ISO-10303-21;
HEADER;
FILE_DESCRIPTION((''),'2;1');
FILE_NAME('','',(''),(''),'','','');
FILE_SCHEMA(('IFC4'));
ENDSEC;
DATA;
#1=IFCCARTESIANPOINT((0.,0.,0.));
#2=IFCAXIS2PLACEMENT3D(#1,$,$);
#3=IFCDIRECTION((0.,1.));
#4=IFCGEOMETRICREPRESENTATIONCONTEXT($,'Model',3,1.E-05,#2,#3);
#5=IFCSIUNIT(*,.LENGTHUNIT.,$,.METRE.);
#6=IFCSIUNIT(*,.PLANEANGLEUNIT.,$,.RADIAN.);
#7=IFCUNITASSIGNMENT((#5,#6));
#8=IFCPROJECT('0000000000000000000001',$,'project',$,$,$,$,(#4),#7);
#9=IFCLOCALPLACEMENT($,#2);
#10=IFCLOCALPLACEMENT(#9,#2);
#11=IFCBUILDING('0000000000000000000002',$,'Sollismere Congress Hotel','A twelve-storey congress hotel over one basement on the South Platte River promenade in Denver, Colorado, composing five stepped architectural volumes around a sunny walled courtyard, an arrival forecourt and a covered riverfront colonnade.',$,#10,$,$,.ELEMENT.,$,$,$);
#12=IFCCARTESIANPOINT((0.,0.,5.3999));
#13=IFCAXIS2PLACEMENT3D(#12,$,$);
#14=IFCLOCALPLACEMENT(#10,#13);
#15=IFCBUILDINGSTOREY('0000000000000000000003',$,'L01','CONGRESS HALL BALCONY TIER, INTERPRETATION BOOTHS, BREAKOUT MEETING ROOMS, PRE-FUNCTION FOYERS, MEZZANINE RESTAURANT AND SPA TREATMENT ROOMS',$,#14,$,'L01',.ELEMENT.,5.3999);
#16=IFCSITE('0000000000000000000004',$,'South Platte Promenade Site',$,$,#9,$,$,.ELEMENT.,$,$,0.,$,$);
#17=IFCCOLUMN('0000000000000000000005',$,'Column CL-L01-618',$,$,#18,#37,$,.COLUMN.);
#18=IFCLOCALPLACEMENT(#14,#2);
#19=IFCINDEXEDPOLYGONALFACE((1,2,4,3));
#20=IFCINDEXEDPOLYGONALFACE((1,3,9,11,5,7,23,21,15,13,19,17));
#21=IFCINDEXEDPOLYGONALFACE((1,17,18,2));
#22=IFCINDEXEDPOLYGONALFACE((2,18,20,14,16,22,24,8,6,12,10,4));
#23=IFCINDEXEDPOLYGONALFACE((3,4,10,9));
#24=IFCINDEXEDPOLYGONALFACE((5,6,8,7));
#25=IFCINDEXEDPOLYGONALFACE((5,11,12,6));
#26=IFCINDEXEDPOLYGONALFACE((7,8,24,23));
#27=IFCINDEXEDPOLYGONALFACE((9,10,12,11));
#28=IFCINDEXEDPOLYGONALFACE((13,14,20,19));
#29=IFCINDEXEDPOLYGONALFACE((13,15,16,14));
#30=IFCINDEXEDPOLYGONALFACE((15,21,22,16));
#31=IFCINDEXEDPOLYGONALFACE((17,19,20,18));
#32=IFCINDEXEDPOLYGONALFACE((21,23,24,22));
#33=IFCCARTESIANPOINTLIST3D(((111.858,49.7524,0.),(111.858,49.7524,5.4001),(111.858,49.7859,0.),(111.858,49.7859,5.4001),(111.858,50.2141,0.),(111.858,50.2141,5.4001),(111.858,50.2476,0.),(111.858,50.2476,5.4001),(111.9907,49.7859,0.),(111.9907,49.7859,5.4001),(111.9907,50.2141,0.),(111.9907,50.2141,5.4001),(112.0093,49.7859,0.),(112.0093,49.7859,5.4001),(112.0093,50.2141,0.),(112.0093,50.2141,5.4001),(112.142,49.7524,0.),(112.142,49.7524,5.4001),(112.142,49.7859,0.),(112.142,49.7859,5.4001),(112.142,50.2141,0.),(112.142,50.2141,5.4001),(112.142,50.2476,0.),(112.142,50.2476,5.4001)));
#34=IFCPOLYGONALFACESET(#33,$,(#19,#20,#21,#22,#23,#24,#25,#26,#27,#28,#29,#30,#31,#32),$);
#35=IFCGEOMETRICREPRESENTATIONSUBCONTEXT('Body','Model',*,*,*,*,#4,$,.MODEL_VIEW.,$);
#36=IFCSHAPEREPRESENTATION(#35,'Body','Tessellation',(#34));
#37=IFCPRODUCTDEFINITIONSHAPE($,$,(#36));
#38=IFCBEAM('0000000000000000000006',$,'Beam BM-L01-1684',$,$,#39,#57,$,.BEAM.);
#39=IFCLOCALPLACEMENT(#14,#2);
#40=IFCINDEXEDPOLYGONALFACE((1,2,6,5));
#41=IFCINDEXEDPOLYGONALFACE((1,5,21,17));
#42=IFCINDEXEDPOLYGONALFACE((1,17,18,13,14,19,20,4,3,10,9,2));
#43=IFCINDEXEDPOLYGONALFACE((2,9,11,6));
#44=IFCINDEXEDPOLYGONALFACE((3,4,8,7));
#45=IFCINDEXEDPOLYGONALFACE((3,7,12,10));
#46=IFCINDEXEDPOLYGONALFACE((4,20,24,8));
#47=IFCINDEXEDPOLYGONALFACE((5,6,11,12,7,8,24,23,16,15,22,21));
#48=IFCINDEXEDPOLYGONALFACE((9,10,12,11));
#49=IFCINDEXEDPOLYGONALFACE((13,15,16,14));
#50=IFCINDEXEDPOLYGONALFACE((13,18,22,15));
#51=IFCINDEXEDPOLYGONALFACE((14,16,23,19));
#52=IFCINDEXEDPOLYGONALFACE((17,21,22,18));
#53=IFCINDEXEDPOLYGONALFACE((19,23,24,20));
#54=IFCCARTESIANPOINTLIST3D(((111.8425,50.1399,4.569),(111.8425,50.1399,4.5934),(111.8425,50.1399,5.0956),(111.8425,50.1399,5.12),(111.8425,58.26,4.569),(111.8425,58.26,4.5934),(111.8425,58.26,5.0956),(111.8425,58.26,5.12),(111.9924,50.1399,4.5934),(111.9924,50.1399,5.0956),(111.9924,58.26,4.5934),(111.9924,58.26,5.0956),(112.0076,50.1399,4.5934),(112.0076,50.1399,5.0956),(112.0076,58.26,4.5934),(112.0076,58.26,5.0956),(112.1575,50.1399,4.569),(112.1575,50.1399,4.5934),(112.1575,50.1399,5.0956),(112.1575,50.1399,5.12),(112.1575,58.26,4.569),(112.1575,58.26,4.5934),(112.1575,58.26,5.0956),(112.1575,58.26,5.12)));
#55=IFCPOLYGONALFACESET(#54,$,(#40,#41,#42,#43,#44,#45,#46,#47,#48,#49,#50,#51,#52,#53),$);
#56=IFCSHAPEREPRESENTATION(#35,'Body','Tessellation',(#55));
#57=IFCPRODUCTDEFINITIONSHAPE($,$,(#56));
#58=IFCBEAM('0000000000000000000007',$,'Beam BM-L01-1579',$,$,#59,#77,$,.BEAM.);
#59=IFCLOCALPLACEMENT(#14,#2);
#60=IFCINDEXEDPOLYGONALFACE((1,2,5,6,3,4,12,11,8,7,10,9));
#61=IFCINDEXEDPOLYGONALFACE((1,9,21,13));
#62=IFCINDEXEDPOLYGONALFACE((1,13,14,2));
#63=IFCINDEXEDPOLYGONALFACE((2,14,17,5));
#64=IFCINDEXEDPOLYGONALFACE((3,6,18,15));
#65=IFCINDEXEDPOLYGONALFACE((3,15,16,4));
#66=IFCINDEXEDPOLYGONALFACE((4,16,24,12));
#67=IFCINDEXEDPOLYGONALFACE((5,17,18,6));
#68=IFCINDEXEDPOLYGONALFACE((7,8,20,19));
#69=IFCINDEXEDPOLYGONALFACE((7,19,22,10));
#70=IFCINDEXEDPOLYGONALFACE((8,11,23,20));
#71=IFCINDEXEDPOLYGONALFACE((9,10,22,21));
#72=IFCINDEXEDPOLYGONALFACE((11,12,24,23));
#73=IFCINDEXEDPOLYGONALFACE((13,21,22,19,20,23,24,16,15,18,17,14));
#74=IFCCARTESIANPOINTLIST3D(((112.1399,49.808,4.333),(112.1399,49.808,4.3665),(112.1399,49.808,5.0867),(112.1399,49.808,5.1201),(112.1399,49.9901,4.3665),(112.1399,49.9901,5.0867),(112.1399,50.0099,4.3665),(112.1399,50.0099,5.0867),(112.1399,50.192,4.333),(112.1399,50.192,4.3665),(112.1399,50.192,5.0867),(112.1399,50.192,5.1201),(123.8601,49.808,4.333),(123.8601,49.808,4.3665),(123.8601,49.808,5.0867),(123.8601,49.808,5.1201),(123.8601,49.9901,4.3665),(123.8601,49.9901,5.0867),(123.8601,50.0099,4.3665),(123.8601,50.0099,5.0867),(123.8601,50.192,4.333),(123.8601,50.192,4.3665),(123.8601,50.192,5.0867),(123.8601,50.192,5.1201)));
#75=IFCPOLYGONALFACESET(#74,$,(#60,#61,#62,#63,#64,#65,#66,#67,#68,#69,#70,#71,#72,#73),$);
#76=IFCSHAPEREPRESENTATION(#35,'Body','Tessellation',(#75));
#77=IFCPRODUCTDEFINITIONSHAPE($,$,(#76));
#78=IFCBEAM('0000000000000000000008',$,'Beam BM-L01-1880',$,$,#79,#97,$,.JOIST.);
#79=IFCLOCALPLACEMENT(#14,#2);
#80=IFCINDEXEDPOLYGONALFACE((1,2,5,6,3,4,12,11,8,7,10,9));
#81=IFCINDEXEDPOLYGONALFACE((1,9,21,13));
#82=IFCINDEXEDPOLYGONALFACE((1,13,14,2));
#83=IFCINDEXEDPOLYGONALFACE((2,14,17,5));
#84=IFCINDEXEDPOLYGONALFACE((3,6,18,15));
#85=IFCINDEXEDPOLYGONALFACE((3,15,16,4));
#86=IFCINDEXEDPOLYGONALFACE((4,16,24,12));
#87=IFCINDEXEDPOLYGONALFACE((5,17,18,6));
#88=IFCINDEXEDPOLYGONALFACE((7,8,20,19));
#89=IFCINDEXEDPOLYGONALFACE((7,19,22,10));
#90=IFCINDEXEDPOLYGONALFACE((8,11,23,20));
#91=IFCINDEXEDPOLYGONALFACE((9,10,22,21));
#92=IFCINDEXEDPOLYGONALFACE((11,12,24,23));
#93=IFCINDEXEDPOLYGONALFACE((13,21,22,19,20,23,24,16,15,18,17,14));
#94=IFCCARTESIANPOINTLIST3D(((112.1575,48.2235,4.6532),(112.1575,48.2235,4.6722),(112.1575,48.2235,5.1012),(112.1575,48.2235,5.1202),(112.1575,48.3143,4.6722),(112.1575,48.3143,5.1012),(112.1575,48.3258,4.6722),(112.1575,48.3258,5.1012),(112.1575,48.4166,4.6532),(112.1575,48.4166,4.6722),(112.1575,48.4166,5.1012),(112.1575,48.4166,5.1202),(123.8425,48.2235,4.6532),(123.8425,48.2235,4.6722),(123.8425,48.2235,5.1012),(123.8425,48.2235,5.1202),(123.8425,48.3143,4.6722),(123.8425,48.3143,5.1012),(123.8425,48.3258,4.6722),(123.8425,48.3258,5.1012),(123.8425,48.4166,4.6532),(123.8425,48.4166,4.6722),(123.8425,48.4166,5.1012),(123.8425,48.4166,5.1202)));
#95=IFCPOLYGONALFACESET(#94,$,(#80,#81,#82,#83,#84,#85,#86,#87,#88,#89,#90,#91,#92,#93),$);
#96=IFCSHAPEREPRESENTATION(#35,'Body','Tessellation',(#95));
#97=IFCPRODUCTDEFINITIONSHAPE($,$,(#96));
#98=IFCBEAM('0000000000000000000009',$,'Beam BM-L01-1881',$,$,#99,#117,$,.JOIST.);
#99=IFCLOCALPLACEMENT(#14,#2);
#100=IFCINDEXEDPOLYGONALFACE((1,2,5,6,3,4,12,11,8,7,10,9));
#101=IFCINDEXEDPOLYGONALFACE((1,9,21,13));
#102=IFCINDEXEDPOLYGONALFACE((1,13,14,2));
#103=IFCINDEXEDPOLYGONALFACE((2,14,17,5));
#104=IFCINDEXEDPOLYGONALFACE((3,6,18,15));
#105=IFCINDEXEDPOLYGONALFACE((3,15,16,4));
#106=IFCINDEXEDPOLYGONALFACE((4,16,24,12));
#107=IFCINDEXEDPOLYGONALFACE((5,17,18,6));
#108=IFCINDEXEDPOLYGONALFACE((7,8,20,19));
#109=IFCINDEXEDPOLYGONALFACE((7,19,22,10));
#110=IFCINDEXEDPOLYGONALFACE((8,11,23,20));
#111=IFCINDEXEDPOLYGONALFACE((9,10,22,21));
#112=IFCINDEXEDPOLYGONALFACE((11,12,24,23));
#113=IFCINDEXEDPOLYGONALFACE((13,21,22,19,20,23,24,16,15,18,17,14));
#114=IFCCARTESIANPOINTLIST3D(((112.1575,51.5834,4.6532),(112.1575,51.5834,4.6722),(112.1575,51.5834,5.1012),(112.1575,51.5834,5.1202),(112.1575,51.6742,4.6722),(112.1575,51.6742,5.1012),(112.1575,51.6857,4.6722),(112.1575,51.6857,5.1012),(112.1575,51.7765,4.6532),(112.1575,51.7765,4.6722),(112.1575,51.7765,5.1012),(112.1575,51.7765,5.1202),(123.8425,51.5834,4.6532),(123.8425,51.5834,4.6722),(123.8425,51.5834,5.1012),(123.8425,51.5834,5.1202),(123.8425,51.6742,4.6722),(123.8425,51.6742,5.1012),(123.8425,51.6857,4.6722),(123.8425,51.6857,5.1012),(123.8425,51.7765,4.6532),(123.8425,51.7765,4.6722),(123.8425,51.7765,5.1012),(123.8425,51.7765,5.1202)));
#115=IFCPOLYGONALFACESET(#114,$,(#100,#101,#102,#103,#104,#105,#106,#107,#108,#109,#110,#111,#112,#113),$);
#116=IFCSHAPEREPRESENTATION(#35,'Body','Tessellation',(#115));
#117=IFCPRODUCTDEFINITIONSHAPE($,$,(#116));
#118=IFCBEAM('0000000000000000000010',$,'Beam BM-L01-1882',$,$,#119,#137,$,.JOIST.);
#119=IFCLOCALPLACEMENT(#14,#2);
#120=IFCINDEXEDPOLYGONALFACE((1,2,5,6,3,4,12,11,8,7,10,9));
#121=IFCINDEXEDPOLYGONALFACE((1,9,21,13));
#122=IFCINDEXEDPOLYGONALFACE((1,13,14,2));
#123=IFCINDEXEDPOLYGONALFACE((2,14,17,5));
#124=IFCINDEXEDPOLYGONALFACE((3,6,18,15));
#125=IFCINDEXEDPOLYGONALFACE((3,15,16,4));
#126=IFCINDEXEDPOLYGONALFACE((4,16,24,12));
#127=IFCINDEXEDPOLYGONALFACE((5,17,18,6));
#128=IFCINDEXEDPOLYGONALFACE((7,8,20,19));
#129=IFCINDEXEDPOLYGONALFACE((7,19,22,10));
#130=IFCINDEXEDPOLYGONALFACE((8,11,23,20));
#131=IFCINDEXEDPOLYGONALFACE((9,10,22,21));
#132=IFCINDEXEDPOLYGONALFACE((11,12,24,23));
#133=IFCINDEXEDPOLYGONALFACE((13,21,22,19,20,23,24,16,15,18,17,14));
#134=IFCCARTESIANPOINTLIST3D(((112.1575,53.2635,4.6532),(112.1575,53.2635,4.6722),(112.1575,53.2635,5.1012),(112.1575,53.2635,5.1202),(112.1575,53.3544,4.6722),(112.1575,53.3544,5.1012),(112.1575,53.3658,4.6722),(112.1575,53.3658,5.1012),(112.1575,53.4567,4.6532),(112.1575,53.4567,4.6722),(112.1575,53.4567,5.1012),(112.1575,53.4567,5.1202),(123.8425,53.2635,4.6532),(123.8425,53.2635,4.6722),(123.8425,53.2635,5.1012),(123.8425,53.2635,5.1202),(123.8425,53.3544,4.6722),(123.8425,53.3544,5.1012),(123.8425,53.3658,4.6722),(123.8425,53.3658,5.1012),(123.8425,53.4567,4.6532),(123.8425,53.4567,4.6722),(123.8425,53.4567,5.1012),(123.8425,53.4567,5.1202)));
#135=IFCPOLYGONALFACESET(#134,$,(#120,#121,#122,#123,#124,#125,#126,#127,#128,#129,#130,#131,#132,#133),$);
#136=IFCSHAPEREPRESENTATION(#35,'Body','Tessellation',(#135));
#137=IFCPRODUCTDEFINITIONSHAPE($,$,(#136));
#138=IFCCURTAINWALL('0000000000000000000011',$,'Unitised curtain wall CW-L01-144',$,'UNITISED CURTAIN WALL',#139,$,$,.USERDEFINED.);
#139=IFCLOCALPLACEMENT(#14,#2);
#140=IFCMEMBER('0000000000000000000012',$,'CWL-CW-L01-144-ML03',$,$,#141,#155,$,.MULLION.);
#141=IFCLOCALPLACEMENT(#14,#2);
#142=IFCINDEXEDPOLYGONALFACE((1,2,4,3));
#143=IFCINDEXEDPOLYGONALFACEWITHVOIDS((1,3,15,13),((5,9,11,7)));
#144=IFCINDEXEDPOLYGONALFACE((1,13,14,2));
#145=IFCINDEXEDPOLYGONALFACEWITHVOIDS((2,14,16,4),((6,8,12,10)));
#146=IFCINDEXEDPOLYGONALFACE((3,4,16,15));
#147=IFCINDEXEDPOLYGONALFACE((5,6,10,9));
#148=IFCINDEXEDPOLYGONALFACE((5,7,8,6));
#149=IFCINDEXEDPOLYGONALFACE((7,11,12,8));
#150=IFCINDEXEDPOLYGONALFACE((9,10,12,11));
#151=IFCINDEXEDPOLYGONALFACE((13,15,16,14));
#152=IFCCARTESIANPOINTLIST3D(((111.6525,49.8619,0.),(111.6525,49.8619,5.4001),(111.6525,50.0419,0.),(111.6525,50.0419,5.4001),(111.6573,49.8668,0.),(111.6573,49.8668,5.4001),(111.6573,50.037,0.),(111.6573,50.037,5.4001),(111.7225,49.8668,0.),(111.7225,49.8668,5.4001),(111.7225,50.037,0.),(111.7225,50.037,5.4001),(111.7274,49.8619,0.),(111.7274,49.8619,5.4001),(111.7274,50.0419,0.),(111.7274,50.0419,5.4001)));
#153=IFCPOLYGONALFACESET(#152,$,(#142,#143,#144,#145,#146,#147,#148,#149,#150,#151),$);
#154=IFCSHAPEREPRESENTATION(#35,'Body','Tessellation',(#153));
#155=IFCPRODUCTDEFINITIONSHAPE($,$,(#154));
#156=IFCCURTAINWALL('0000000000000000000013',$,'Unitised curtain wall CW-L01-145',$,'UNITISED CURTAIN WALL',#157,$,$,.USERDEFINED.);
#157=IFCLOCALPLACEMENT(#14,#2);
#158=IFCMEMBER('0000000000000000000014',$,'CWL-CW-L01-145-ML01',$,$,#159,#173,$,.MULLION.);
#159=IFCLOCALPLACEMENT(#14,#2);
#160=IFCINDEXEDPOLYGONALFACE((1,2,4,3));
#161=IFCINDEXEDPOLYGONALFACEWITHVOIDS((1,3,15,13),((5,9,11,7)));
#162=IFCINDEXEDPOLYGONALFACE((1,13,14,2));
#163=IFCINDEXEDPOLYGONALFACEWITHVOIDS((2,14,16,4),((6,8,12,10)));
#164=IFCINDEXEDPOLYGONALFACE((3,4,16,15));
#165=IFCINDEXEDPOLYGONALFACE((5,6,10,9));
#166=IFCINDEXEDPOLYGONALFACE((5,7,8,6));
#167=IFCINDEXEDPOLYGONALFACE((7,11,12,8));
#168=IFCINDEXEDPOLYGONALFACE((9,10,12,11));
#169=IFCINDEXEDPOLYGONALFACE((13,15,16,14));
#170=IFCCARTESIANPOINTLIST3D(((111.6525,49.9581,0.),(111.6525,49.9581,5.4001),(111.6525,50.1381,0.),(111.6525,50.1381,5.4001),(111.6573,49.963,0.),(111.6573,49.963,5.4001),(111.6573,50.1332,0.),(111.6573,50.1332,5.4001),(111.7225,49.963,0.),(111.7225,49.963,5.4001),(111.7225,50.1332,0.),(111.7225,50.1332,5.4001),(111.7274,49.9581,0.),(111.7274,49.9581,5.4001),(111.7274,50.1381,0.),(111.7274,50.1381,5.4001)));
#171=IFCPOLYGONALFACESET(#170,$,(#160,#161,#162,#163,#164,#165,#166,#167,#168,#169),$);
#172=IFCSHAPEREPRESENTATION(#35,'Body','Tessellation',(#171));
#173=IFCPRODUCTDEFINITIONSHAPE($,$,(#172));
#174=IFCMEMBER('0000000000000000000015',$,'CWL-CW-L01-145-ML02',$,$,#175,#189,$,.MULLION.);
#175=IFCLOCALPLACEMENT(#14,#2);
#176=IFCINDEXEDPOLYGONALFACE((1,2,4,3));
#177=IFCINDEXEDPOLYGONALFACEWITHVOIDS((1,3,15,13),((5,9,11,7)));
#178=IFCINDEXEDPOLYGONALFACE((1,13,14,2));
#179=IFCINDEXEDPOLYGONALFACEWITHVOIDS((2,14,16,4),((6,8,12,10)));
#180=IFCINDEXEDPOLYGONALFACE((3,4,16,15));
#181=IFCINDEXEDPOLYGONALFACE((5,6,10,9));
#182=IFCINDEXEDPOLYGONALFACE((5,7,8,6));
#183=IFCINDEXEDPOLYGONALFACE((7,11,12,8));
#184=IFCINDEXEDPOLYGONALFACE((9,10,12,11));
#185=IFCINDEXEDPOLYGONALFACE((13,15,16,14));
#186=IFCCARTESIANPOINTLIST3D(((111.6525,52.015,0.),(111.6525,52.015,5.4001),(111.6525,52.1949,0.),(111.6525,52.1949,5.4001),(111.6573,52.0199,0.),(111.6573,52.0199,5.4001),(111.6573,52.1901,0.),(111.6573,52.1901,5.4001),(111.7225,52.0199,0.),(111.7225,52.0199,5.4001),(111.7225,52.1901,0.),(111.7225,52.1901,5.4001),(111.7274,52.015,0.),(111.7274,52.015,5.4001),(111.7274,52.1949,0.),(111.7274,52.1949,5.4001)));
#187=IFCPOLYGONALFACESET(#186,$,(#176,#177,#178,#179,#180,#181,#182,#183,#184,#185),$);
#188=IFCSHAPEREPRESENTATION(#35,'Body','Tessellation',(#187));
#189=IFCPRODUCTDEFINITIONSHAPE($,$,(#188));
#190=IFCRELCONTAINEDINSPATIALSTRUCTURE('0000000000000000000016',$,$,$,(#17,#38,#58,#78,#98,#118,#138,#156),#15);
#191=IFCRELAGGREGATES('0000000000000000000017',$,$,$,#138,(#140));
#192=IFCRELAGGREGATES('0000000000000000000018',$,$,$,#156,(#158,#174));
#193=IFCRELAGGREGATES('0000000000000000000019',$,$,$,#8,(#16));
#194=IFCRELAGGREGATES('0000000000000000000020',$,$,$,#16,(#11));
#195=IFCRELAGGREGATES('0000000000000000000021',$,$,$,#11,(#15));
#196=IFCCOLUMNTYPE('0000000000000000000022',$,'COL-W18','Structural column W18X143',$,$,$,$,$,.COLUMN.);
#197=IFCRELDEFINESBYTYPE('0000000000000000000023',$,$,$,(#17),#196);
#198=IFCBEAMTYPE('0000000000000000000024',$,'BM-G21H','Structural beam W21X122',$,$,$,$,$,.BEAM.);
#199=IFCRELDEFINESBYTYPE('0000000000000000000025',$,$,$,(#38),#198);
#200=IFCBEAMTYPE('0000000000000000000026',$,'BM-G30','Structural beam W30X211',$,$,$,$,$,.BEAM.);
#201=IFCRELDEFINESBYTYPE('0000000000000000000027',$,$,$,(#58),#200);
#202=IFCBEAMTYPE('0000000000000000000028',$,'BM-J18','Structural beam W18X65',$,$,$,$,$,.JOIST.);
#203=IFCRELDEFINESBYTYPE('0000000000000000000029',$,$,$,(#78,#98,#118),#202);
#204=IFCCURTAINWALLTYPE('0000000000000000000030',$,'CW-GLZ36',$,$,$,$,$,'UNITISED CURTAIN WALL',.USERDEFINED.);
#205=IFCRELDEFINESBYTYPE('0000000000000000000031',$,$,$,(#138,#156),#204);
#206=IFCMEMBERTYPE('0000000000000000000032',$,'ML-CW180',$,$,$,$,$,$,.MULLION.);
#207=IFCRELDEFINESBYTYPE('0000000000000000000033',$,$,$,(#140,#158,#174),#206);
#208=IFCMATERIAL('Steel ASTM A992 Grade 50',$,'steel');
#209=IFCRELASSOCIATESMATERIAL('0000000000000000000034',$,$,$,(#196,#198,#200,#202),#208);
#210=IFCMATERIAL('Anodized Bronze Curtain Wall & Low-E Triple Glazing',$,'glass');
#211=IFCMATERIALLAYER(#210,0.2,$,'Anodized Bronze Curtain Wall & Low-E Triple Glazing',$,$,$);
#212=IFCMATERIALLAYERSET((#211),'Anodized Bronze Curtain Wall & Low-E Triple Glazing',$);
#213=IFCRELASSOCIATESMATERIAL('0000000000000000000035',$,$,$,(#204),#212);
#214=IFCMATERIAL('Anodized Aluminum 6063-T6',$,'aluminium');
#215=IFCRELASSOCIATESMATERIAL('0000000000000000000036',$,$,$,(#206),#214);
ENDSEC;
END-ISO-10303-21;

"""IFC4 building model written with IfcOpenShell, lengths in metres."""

from ifc_helpers import new_model, si_unit, direction, frame, origin, origin_2d, place, context, subcontext, project, spatial, hollow_rectangle, i_section, extrude, material, layer, layer_set, material_profile, profile_set, type_object, element, aggregate, save


model = new_model("IFC4")

# Units and contexts
model_context = context("Model", 3, precision=1e-05, world=origin(), true_north=direction((0.0, 1.0)))
body_context = subcontext(model_context, "Body", "Model", "MODEL_VIEW")
ifc_project = project(units=[si_unit("LENGTHUNIT", "METRE"), si_unit("PLANEANGLEUNIT", "RADIAN")], contexts=[model_context])

# Site, building, storey
site_placement = place(None, origin())
site = spatial("IfcSite", under=ifc_project, at=site_placement, Name="South Platte Promenade Site", CompositionType="ELEMENT", RefElevation=0.0)
building_placement = place(site_placement, origin())
building = spatial("IfcBuilding", under=site, at=building_placement, Name="Sollismere Congress Hotel", Description="A twelve-storey congress hotel over one basement on the South Platte River promenade in Denver, Colorado, composing five stepped architectural volumes around a sunny walled courtyard, an arrival forecourt and a covered riverfront colonnade.", CompositionType="ELEMENT")
storey_placement = place(building_placement, frame((0.0, 0.0, 5.3999)))
storey = spatial("IfcBuildingStorey", under=building, at=storey_placement, Name="L01", Description="CONGRESS HALL BALCONY TIER, INTERPRETATION BOOTHS, BREAKOUT MEETING ROOMS, PRE-FUNCTION FOYERS, MEZZANINE RESTAURANT AND SPA TREATMENT ROOMS", LongName="L01", CompositionType="ELEMENT", Elevation=5.3999)

# Column
ifc_material_1 = material(Name="Steel ASTM A992 Grade 50", Category="steel")
ifc_material_profile_1 = material_profile(ifc_material_1, i_section(OverallWidth=0.2839, OverallDepth=0.4951, WebThickness=0.0186, FlangeThickness=0.0334, at=origin_2d()), Name="W18X143")
ifc_profile_set_1 = profile_set([ifc_material_profile_1], Name="Steel ASTM A992 Grade 50")
column_type = type_object("IfcColumnType", Name="COL-W18", Description="Structural column W18X143", PredefinedType="COLUMN", material=ifc_profile_set_1)
column_placement = place(storey_placement, frame((112.0, 50.0, 0.0), z_axis=(0.0, 0.0, 1.0), x_axis=(1.0, 0.0, 0.0)))
element("IfcColumn", 1, at=column_placement, inside=storey, type_object=column_type, Name="Column CL-L01-618", PredefinedType="COLUMN", context=body_context, shape_type="SweptSolid", body=[
    extrude(i_section(OverallWidth=0.2839, OverallDepth=0.4951, WebThickness=0.0186, FlangeThickness=0.0334, at=origin_2d()), origin(), (0.0, 0.0, 1.0), 5.4001),
])

# Beams
ifc_material_profile_2 = material_profile(ifc_material_1, i_section(OverallWidth=0.3149, OverallDepth=0.551, WebThickness=0.0151, FlangeThickness=0.0244, at=origin_2d()), Name="W21X122")
ifc_profile_set_2 = profile_set([ifc_material_profile_2], Name="Steel ASTM A992 Grade 50")
beam_type_1 = type_object("IfcBeamType", Name="BM-G21H", Description="Structural beam W21X122", PredefinedType="BEAM", material=ifc_profile_set_2)
beam_1_placement = place(storey_placement, frame((112.0, 50.1399, 4.8445), z_axis=(0.0, 1.0, 0.0), x_axis=(-1.0, 0.0, 0.0)))
element("IfcBeam", 2, at=beam_1_placement, inside=storey, type_object=beam_type_1, Name="Beam BM-L01-1684", PredefinedType="BEAM", context=body_context, shape_type="SweptSolid", body=[
    extrude(i_section(OverallWidth=0.3149, OverallDepth=0.551, WebThickness=0.0151, FlangeThickness=0.0244, at=origin_2d()), origin(), (0.0, 0.0, 1.0), 8.1201),
])
ifc_material_profile_3 = material_profile(ifc_material_1, i_section(OverallWidth=0.384, OverallDepth=0.7871, WebThickness=0.0198, FlangeThickness=0.0334, at=origin_2d()), Name="W30X211")
ifc_profile_set_3 = profile_set([ifc_material_profile_3], Name="Steel ASTM A992 Grade 50")
beam_type_2 = type_object("IfcBeamType", Name="BM-G30", Description="Structural beam W30X211", PredefinedType="BEAM", material=ifc_profile_set_3)
beam_2_placement = place(storey_placement, frame((112.1399, 50.0, 4.7266), z_axis=(1.0, 0.0, 0.0), x_axis=(0.0, 1.0, 0.0)))
element("IfcBeam", 3, at=beam_2_placement, inside=storey, type_object=beam_type_2, Name="Beam BM-L01-1579", PredefinedType="BEAM", context=body_context, shape_type="SweptSolid", body=[
    extrude(i_section(OverallWidth=0.384, OverallDepth=0.7871, WebThickness=0.0198, FlangeThickness=0.0334, at=origin_2d()), origin(), (0.0, 0.0, 1.0), 11.7202),
])
ifc_material_profile_4 = material_profile(ifc_material_1, i_section(OverallWidth=0.1931, OverallDepth=0.467, WebThickness=0.0115, FlangeThickness=0.019, at=origin_2d()), Name="W18X65")
ifc_profile_set_4 = profile_set([ifc_material_profile_4], Name="Steel ASTM A992 Grade 50")
beam_type_3 = type_object("IfcBeamType", Name="BM-J18", Description="Structural beam W18X65", PredefinedType="JOIST", material=ifc_profile_set_4)
for number, where, z_axis, x_axis, name in (
    (4, (112.1575, 48.3201, 4.8867), (1.0, 0.0, 0.0), (0.0, 1.0, 0.0), "Beam BM-L01-1880"),
    (5, (112.1575, 51.6799, 4.8867), (1.0, 0.0, 0.0), (0.0, 1.0, 0.0), "Beam BM-L01-1881"),
    (6, (112.1575, 53.3601, 4.8867), (1.0, 0.0, 0.0), (0.0, 1.0, 0.0), "Beam BM-L01-1882"),
):
    element("IfcBeam", number, at=place(storey_placement, frame(where, z_axis=z_axis, x_axis=x_axis)), inside=storey, type_object=beam_type_3, Name=name, PredefinedType="JOIST", context=body_context, shape_type="SweptSolid", body=[
        extrude(i_section(OverallWidth=0.1931, OverallDepth=0.467, WebThickness=0.0115, FlangeThickness=0.019, at=origin_2d()), origin(), (0.0, 0.0, 1.0), 11.6851),
    ])

# Curtain wall, member
ifc_material_2 = material(Name="Anodized Bronze Curtain Wall & Low-E Triple Glazing", Category="glass")
ifc_layer_1 = layer(ifc_material_2, 0.2, Name="Anodized Bronze Curtain Wall & Low-E Triple Glazing")
ifc_layer_set_1 = layer_set([ifc_layer_1], Name="Anodized Bronze Curtain Wall & Low-E Triple Glazing")
curtain_wall_type = type_object("IfcCurtainWallType", Name="CW-GLZ36", ElementType="UNITISED CURTAIN WALL", PredefinedType="USERDEFINED", material=ifc_layer_set_1)
curtain_wall_1_placement = place(storey_placement, origin())
curtain_wall_1 = element("IfcCurtainWall", 7, at=curtain_wall_1_placement, inside=storey, type_object=curtain_wall_type, Name="Unitised curtain wall CW-L01-144", ObjectType="UNITISED CURTAIN WALL", PredefinedType="USERDEFINED")
ifc_material_3 = material(Name="Anodized Aluminum 6063-T6", Category="aluminium")
ifc_material_profile_5 = material_profile(ifc_material_3, hollow_rectangle(XDim=0.075, YDim=0.1799, WallThickness=0.0049, at=origin_2d()), Name="ALU180X75X5")
ifc_profile_set_5 = profile_set([ifc_material_profile_5], Name="Anodized Aluminum 6063-T6")
member_type_1 = type_object("IfcMemberType", Name="ML-CW180", PredefinedType="MULLION", material=ifc_profile_set_5)
member_1_placement = place(storey_placement, frame((111.6899, 49.9519, 0.0), z_axis=(0.0, 0.0, 1.0), x_axis=(-1.0, 0.0, 0.0)))
member_1 = element("IfcMember", 8, at=member_1_placement, type_object=member_type_1, Name="CWL-CW-L01-144-ML03", PredefinedType="MULLION", context=body_context, shape_type="SweptSolid", body=[
    extrude(hollow_rectangle(XDim=0.075, YDim=0.1799, WallThickness=0.0049, at=origin_2d()), origin(), (0.0, 0.0, 1.0), 5.4001),
])

# Curtain wall, members
curtain_wall_2_placement = place(storey_placement, origin())
curtain_wall_2 = element("IfcCurtainWall", 9, at=curtain_wall_2_placement, inside=storey, type_object=curtain_wall_type, Name="Unitised curtain wall CW-L01-145", ObjectType="UNITISED CURTAIN WALL", PredefinedType="USERDEFINED")
member_2_placement = place(storey_placement, frame((111.6899, 50.0481, 0.0), z_axis=(0.0, 0.0, 1.0), x_axis=(-1.0, 0.0, 0.0)))
member_2 = element("IfcMember", 10, at=member_2_placement, type_object=member_type_1, Name="CWL-CW-L01-145-ML01", PredefinedType="MULLION", context=body_context, shape_type="SweptSolid", body=[
    extrude(hollow_rectangle(XDim=0.075, YDim=0.1799, WallThickness=0.0049, at=origin_2d()), origin(), (0.0, 0.0, 1.0), 5.4001),
])
member_3_placement = place(storey_placement, frame((111.6899, 52.105, 0.0), z_axis=(0.0, 0.0, 1.0), x_axis=(-1.0, 0.0, 0.0)))
member_3 = element("IfcMember", 11, at=member_3_placement, type_object=member_type_1, Name="CWL-CW-L01-145-ML02", PredefinedType="MULLION", context=body_context, shape_type="SweptSolid", body=[
    extrude(hollow_rectangle(XDim=0.075, YDim=0.1799, WallThickness=0.0049, at=origin_2d()), origin(), (0.0, 0.0, 1.0), 5.4001),
])

aggregate(curtain_wall_1, [member_1])
aggregate(curtain_wall_2, [member_2, member_3])

save(model, "model.ifc")
